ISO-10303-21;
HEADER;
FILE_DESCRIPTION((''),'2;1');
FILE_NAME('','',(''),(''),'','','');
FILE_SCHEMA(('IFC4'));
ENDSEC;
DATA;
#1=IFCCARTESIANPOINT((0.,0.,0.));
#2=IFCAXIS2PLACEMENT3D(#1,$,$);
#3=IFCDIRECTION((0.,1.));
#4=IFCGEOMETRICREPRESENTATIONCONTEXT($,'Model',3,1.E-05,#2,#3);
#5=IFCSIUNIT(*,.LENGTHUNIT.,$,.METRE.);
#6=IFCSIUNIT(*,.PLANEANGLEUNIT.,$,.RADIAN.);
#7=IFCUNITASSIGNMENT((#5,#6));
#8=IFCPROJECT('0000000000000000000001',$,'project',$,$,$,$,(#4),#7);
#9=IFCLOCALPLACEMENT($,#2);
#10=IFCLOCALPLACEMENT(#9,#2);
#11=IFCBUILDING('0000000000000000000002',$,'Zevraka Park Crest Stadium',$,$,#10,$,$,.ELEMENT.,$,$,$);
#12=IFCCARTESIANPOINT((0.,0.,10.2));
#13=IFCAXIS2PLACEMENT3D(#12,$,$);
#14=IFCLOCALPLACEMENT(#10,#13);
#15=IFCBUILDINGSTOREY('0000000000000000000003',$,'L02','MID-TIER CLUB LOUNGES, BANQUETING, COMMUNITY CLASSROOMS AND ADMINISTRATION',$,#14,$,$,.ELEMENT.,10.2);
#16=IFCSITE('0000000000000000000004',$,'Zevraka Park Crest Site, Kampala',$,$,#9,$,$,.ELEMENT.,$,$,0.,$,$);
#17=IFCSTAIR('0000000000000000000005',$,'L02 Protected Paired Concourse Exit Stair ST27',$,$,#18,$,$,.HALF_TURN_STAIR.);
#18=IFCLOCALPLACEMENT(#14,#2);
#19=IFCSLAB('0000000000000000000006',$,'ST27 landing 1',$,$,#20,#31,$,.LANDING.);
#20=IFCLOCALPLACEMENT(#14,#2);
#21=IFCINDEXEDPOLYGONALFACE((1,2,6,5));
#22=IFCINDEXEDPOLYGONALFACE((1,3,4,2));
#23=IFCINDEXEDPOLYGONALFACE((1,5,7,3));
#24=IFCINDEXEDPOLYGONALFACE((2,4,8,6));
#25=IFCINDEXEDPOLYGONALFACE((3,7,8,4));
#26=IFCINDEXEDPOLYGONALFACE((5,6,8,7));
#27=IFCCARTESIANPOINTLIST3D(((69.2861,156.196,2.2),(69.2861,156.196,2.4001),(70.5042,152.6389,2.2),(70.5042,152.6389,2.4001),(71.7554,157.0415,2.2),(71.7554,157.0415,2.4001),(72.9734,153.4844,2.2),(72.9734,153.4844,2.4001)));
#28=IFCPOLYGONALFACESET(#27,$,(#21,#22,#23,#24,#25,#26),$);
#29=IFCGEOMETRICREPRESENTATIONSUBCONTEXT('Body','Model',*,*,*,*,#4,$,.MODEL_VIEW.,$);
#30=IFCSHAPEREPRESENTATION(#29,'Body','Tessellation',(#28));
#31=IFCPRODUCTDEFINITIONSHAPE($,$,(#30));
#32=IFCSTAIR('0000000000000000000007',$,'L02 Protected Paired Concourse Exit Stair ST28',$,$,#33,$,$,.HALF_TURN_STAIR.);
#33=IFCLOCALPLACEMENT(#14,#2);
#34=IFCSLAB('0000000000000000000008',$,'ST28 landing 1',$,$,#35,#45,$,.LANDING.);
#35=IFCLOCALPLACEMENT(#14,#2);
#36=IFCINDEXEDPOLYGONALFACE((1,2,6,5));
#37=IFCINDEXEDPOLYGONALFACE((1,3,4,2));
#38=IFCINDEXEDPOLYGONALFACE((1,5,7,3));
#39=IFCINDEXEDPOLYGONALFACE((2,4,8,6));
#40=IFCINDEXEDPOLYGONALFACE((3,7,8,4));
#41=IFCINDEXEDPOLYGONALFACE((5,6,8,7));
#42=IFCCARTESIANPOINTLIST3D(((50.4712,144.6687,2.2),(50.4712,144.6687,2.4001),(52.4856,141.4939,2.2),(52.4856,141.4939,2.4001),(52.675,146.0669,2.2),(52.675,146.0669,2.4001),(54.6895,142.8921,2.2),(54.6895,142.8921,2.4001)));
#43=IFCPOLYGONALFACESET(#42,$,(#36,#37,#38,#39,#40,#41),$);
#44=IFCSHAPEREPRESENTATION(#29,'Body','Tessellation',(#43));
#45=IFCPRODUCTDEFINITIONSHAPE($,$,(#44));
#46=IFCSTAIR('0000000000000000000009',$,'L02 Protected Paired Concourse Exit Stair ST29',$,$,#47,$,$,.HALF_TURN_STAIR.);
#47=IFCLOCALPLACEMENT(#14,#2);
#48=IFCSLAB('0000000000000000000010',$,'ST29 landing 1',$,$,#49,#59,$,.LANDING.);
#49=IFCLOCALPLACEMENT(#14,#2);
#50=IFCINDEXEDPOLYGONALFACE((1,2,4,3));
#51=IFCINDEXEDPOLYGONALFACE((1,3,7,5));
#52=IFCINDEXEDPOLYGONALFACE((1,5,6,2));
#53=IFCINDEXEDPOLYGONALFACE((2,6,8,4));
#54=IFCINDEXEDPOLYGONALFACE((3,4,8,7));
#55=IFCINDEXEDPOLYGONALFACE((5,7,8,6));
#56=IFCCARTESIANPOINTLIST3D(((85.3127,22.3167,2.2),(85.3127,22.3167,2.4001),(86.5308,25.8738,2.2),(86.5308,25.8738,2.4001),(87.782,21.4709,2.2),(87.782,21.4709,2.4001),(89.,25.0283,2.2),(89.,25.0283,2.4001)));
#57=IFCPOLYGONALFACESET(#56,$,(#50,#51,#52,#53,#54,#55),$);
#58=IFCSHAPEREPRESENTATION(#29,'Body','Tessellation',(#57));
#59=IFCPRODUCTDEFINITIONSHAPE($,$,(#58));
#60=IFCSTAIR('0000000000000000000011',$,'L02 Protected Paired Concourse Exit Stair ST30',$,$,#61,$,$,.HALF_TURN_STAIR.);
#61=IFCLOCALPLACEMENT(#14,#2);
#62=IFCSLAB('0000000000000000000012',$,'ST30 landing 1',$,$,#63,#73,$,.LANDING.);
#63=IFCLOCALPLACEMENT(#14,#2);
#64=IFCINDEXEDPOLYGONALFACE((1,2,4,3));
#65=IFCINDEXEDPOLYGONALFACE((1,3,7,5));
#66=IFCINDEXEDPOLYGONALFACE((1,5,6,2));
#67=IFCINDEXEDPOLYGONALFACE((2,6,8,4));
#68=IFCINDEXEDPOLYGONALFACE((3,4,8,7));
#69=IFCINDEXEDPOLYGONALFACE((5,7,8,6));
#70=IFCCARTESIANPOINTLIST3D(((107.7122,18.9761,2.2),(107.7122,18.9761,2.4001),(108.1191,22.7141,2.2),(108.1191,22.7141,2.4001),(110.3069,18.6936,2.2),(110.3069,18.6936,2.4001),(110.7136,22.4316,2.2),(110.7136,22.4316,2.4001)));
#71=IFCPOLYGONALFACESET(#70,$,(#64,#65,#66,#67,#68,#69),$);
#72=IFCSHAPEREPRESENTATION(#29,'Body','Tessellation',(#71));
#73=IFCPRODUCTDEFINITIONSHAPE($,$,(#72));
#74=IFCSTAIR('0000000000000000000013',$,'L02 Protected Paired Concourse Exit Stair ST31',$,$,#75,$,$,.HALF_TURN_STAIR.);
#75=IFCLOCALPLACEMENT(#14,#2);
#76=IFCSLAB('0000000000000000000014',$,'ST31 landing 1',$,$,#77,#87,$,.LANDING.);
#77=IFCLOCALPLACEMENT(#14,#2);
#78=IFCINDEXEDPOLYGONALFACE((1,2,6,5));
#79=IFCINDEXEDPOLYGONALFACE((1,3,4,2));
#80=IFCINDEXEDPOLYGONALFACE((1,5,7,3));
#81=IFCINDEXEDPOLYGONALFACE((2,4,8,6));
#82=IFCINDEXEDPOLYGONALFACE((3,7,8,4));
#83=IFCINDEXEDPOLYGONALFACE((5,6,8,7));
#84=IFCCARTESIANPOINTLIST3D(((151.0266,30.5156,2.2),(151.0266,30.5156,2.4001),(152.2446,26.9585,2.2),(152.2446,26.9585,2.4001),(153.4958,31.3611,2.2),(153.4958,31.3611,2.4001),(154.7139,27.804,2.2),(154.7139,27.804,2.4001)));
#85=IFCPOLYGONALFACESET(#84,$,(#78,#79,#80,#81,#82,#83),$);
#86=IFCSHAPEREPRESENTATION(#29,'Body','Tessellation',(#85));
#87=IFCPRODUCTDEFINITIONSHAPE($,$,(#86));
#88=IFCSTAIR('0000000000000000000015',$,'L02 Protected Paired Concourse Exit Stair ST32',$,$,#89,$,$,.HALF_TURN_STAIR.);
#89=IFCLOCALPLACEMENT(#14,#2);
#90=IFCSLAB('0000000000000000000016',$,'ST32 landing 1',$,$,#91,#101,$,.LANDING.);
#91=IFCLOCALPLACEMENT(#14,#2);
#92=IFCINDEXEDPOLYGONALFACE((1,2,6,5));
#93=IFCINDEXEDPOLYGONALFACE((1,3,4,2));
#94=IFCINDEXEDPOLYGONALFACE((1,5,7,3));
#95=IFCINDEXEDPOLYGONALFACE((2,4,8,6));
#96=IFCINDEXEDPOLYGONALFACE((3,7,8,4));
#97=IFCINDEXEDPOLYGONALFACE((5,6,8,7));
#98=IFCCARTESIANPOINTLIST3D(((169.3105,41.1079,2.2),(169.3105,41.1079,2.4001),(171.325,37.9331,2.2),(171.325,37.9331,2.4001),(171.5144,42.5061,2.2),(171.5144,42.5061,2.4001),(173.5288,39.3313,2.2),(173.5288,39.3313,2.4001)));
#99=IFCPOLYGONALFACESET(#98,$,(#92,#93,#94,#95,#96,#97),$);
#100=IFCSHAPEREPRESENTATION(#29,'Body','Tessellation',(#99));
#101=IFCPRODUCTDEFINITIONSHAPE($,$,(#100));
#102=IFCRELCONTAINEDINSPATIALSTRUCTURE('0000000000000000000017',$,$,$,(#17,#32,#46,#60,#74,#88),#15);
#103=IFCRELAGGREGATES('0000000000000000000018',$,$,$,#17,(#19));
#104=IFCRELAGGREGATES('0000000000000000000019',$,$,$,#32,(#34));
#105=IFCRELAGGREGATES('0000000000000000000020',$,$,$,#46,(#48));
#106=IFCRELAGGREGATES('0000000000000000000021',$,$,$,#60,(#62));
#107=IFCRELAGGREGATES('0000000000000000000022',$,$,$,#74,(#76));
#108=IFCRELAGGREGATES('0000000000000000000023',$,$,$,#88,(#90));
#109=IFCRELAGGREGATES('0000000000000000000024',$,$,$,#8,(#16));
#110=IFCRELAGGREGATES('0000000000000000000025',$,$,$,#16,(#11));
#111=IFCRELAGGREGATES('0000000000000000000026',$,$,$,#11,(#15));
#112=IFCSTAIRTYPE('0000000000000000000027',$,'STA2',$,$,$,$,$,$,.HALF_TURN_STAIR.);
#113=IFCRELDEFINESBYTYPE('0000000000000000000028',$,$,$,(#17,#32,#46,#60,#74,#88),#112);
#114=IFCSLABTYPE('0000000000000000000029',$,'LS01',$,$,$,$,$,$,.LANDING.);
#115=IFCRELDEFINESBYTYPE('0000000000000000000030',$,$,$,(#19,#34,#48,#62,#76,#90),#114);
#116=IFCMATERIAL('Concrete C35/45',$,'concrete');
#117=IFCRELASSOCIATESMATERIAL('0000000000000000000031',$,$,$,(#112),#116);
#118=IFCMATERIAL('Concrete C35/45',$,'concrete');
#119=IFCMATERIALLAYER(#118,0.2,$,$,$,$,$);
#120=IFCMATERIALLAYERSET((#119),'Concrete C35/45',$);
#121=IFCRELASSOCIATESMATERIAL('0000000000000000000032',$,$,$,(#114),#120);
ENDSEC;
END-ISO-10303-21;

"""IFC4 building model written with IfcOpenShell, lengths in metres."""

from ifc_helpers import new_model, si_unit, direction, frame, origin, place, context, subcontext, project, spatial, polyline, outline, extrude, material, layer, layer_set, type_object, element, aggregate, save


model = new_model("IFC4")

# Units and contexts
model_context = context("Model", 3, precision=1e-05, world=origin(), true_north=direction((0.0, 1.0)))
body_context = subcontext(model_context, "Body", "Model", "MODEL_VIEW")
ifc_project = project(units=[si_unit("LENGTHUNIT", "METRE"), si_unit("PLANEANGLEUNIT", "RADIAN")], contexts=[model_context])

# Site, building, storey
site_placement = place(None, origin())
site = spatial("IfcSite", under=ifc_project, at=site_placement, Name="Zevraka Park Crest Site, Kampala", CompositionType="ELEMENT", RefElevation=0.0)
building_placement = place(site_placement, origin())
building = spatial("IfcBuilding", under=site, at=building_placement, Name="Zevraka Park Crest Stadium", CompositionType="ELEMENT")
storey_placement = place(building_placement, frame((0.0, 0.0, 10.2)))
storey = spatial("IfcBuildingStorey", under=building, at=storey_placement, Name="L02", Description="MID-TIER CLUB LOUNGES, BANQUETING, COMMUNITY CLASSROOMS AND ADMINISTRATION", CompositionType="ELEMENT", Elevation=10.2)

# Stairs, slabs
ifc_material_1 = material(Name="Concrete C35/45", Category="concrete")
stair_type = type_object("IfcStairType", Name="STA2", PredefinedType="HALF_TURN_STAIR", material=ifc_material_1)
ifc_material_2 = material(Name="Concrete C35/45", Category="concrete")
ifc_layer = layer(ifc_material_2, 0.2)
ifc_layer_set = layer_set([ifc_layer], Name="Concrete C35/45")
slab_type = type_object("IfcSlabType", Name="LS01", PredefinedType="LANDING", material=ifc_layer_set)
stair_1_placement = place(storey_placement, origin())
stair_1 = element("IfcStair", 1, at=stair_1_placement, inside=storey, type_object=stair_type, Name="L02 Protected Paired Concourse Exit Stair ST27", PredefinedType="HALF_TURN_STAIR")
slab_1_placement = place(storey_placement, frame((0.0, 0.0, 2.2)))
slab_1 = element("IfcSlab", 2, at=slab_1_placement, type_object=slab_type, Name="ST27 landing 1", PredefinedType="LANDING", context=body_context, shape_type="SweptSolid", body=[
    extrude(outline(polyline([(71.7554, 157.0415), (69.2861, 156.196), (70.5042, 152.6389), (72.9734, 153.4844), (71.7554, 157.0415)])), origin(), (0.0, 0.0, 1.0), 0.2002),
])
aggregate(stair_1, [slab_1])
stair_2_placement = place(storey_placement, origin())
stair_2 = element("IfcStair", 3, at=stair_2_placement, inside=storey, type_object=stair_type, Name="L02 Protected Paired Concourse Exit Stair ST28", PredefinedType="HALF_TURN_STAIR")
slab_2_placement = place(storey_placement, frame((0.0, 0.0, 2.2)))
slab_2 = element("IfcSlab", 4, at=slab_2_placement, type_object=slab_type, Name="ST28 landing 1", PredefinedType="LANDING", context=body_context, shape_type="SweptSolid", body=[
    extrude(outline(polyline([(52.675, 146.0669), (50.4712, 144.6687), (52.4856, 141.4939), (54.6895, 142.8921), (52.675, 146.0669)])), origin(), (0.0, 0.0, 1.0), 0.2002),
])
aggregate(stair_2, [slab_2])
stair_3_placement = place(storey_placement, origin())
stair_3 = element("IfcStair", 5, at=stair_3_placement, inside=storey, type_object=stair_type, Name="L02 Protected Paired Concourse Exit Stair ST29", PredefinedType="HALF_TURN_STAIR")
slab_3_placement = place(storey_placement, frame((0.0, 0.0, 2.2)))
slab_3 = element("IfcSlab", 6, at=slab_3_placement, type_object=slab_type, Name="ST29 landing 1", PredefinedType="LANDING", context=body_context, shape_type="SweptSolid", body=[
    extrude(outline(polyline([(85.3127, 22.3167), (87.782, 21.4709), (89.0, 25.0283), (86.5308, 25.8738), (85.3127, 22.3167)])), origin(), (0.0, 0.0, 1.0), 0.2002),
])
aggregate(stair_3, [slab_3])
stair_4_placement = place(storey_placement, origin())
stair_4 = element("IfcStair", 7, at=stair_4_placement, inside=storey, type_object=stair_type, Name="L02 Protected Paired Concourse Exit Stair ST30", PredefinedType="HALF_TURN_STAIR")
slab_4_placement = place(storey_placement, frame((0.0, 0.0, 2.2)))
slab_4 = element("IfcSlab", 8, at=slab_4_placement, type_object=slab_type, Name="ST30 landing 1", PredefinedType="LANDING", context=body_context, shape_type="SweptSolid", body=[
    extrude(outline(polyline([(107.7122, 18.9761), (110.3069, 18.6936), (110.7136, 22.4316), (108.1191, 22.7141), (107.7122, 18.9761)])), origin(), (0.0, 0.0, 1.0), 0.2002),
])
aggregate(stair_4, [slab_4])
stair_5_placement = place(storey_placement, origin())
stair_5 = element("IfcStair", 9, at=stair_5_placement, inside=storey, type_object=stair_type, Name="L02 Protected Paired Concourse Exit Stair ST31", PredefinedType="HALF_TURN_STAIR")
slab_5_placement = place(storey_placement, frame((0.0, 0.0, 2.2)))
slab_5 = element("IfcSlab", 10, at=slab_5_placement, type_object=slab_type, Name="ST31 landing 1", PredefinedType="LANDING", context=body_context, shape_type="SweptSolid", body=[
    extrude(outline(polyline([(152.2446, 26.9585), (154.7139, 27.804), (153.4958, 31.3611), (151.0266, 30.5156), (152.2446, 26.9585)])), origin(), (0.0, 0.0, 1.0), 0.2002),
])
aggregate(stair_5, [slab_5])
stair_6_placement = place(storey_placement, origin())
stair_6 = element("IfcStair", 11, at=stair_6_placement, inside=storey, type_object=stair_type, Name="L02 Protected Paired Concourse Exit Stair ST32", PredefinedType="HALF_TURN_STAIR")
slab_6_placement = place(storey_placement, frame((0.0, 0.0, 2.2)))
slab_6 = element("IfcSlab", 12, at=slab_6_placement, type_object=slab_type, Name="ST32 landing 1", PredefinedType="LANDING", context=body_context, shape_type="SweptSolid", body=[
    extrude(outline(polyline([(171.325, 37.9331), (173.5288, 39.3313), (171.5144, 42.5061), (169.3105, 41.1079), (171.325, 37.9331)])), origin(), (0.0, 0.0, 1.0), 0.2002),
])
aggregate(stair_6, [slab_6])

save(model, "model.ifc")
